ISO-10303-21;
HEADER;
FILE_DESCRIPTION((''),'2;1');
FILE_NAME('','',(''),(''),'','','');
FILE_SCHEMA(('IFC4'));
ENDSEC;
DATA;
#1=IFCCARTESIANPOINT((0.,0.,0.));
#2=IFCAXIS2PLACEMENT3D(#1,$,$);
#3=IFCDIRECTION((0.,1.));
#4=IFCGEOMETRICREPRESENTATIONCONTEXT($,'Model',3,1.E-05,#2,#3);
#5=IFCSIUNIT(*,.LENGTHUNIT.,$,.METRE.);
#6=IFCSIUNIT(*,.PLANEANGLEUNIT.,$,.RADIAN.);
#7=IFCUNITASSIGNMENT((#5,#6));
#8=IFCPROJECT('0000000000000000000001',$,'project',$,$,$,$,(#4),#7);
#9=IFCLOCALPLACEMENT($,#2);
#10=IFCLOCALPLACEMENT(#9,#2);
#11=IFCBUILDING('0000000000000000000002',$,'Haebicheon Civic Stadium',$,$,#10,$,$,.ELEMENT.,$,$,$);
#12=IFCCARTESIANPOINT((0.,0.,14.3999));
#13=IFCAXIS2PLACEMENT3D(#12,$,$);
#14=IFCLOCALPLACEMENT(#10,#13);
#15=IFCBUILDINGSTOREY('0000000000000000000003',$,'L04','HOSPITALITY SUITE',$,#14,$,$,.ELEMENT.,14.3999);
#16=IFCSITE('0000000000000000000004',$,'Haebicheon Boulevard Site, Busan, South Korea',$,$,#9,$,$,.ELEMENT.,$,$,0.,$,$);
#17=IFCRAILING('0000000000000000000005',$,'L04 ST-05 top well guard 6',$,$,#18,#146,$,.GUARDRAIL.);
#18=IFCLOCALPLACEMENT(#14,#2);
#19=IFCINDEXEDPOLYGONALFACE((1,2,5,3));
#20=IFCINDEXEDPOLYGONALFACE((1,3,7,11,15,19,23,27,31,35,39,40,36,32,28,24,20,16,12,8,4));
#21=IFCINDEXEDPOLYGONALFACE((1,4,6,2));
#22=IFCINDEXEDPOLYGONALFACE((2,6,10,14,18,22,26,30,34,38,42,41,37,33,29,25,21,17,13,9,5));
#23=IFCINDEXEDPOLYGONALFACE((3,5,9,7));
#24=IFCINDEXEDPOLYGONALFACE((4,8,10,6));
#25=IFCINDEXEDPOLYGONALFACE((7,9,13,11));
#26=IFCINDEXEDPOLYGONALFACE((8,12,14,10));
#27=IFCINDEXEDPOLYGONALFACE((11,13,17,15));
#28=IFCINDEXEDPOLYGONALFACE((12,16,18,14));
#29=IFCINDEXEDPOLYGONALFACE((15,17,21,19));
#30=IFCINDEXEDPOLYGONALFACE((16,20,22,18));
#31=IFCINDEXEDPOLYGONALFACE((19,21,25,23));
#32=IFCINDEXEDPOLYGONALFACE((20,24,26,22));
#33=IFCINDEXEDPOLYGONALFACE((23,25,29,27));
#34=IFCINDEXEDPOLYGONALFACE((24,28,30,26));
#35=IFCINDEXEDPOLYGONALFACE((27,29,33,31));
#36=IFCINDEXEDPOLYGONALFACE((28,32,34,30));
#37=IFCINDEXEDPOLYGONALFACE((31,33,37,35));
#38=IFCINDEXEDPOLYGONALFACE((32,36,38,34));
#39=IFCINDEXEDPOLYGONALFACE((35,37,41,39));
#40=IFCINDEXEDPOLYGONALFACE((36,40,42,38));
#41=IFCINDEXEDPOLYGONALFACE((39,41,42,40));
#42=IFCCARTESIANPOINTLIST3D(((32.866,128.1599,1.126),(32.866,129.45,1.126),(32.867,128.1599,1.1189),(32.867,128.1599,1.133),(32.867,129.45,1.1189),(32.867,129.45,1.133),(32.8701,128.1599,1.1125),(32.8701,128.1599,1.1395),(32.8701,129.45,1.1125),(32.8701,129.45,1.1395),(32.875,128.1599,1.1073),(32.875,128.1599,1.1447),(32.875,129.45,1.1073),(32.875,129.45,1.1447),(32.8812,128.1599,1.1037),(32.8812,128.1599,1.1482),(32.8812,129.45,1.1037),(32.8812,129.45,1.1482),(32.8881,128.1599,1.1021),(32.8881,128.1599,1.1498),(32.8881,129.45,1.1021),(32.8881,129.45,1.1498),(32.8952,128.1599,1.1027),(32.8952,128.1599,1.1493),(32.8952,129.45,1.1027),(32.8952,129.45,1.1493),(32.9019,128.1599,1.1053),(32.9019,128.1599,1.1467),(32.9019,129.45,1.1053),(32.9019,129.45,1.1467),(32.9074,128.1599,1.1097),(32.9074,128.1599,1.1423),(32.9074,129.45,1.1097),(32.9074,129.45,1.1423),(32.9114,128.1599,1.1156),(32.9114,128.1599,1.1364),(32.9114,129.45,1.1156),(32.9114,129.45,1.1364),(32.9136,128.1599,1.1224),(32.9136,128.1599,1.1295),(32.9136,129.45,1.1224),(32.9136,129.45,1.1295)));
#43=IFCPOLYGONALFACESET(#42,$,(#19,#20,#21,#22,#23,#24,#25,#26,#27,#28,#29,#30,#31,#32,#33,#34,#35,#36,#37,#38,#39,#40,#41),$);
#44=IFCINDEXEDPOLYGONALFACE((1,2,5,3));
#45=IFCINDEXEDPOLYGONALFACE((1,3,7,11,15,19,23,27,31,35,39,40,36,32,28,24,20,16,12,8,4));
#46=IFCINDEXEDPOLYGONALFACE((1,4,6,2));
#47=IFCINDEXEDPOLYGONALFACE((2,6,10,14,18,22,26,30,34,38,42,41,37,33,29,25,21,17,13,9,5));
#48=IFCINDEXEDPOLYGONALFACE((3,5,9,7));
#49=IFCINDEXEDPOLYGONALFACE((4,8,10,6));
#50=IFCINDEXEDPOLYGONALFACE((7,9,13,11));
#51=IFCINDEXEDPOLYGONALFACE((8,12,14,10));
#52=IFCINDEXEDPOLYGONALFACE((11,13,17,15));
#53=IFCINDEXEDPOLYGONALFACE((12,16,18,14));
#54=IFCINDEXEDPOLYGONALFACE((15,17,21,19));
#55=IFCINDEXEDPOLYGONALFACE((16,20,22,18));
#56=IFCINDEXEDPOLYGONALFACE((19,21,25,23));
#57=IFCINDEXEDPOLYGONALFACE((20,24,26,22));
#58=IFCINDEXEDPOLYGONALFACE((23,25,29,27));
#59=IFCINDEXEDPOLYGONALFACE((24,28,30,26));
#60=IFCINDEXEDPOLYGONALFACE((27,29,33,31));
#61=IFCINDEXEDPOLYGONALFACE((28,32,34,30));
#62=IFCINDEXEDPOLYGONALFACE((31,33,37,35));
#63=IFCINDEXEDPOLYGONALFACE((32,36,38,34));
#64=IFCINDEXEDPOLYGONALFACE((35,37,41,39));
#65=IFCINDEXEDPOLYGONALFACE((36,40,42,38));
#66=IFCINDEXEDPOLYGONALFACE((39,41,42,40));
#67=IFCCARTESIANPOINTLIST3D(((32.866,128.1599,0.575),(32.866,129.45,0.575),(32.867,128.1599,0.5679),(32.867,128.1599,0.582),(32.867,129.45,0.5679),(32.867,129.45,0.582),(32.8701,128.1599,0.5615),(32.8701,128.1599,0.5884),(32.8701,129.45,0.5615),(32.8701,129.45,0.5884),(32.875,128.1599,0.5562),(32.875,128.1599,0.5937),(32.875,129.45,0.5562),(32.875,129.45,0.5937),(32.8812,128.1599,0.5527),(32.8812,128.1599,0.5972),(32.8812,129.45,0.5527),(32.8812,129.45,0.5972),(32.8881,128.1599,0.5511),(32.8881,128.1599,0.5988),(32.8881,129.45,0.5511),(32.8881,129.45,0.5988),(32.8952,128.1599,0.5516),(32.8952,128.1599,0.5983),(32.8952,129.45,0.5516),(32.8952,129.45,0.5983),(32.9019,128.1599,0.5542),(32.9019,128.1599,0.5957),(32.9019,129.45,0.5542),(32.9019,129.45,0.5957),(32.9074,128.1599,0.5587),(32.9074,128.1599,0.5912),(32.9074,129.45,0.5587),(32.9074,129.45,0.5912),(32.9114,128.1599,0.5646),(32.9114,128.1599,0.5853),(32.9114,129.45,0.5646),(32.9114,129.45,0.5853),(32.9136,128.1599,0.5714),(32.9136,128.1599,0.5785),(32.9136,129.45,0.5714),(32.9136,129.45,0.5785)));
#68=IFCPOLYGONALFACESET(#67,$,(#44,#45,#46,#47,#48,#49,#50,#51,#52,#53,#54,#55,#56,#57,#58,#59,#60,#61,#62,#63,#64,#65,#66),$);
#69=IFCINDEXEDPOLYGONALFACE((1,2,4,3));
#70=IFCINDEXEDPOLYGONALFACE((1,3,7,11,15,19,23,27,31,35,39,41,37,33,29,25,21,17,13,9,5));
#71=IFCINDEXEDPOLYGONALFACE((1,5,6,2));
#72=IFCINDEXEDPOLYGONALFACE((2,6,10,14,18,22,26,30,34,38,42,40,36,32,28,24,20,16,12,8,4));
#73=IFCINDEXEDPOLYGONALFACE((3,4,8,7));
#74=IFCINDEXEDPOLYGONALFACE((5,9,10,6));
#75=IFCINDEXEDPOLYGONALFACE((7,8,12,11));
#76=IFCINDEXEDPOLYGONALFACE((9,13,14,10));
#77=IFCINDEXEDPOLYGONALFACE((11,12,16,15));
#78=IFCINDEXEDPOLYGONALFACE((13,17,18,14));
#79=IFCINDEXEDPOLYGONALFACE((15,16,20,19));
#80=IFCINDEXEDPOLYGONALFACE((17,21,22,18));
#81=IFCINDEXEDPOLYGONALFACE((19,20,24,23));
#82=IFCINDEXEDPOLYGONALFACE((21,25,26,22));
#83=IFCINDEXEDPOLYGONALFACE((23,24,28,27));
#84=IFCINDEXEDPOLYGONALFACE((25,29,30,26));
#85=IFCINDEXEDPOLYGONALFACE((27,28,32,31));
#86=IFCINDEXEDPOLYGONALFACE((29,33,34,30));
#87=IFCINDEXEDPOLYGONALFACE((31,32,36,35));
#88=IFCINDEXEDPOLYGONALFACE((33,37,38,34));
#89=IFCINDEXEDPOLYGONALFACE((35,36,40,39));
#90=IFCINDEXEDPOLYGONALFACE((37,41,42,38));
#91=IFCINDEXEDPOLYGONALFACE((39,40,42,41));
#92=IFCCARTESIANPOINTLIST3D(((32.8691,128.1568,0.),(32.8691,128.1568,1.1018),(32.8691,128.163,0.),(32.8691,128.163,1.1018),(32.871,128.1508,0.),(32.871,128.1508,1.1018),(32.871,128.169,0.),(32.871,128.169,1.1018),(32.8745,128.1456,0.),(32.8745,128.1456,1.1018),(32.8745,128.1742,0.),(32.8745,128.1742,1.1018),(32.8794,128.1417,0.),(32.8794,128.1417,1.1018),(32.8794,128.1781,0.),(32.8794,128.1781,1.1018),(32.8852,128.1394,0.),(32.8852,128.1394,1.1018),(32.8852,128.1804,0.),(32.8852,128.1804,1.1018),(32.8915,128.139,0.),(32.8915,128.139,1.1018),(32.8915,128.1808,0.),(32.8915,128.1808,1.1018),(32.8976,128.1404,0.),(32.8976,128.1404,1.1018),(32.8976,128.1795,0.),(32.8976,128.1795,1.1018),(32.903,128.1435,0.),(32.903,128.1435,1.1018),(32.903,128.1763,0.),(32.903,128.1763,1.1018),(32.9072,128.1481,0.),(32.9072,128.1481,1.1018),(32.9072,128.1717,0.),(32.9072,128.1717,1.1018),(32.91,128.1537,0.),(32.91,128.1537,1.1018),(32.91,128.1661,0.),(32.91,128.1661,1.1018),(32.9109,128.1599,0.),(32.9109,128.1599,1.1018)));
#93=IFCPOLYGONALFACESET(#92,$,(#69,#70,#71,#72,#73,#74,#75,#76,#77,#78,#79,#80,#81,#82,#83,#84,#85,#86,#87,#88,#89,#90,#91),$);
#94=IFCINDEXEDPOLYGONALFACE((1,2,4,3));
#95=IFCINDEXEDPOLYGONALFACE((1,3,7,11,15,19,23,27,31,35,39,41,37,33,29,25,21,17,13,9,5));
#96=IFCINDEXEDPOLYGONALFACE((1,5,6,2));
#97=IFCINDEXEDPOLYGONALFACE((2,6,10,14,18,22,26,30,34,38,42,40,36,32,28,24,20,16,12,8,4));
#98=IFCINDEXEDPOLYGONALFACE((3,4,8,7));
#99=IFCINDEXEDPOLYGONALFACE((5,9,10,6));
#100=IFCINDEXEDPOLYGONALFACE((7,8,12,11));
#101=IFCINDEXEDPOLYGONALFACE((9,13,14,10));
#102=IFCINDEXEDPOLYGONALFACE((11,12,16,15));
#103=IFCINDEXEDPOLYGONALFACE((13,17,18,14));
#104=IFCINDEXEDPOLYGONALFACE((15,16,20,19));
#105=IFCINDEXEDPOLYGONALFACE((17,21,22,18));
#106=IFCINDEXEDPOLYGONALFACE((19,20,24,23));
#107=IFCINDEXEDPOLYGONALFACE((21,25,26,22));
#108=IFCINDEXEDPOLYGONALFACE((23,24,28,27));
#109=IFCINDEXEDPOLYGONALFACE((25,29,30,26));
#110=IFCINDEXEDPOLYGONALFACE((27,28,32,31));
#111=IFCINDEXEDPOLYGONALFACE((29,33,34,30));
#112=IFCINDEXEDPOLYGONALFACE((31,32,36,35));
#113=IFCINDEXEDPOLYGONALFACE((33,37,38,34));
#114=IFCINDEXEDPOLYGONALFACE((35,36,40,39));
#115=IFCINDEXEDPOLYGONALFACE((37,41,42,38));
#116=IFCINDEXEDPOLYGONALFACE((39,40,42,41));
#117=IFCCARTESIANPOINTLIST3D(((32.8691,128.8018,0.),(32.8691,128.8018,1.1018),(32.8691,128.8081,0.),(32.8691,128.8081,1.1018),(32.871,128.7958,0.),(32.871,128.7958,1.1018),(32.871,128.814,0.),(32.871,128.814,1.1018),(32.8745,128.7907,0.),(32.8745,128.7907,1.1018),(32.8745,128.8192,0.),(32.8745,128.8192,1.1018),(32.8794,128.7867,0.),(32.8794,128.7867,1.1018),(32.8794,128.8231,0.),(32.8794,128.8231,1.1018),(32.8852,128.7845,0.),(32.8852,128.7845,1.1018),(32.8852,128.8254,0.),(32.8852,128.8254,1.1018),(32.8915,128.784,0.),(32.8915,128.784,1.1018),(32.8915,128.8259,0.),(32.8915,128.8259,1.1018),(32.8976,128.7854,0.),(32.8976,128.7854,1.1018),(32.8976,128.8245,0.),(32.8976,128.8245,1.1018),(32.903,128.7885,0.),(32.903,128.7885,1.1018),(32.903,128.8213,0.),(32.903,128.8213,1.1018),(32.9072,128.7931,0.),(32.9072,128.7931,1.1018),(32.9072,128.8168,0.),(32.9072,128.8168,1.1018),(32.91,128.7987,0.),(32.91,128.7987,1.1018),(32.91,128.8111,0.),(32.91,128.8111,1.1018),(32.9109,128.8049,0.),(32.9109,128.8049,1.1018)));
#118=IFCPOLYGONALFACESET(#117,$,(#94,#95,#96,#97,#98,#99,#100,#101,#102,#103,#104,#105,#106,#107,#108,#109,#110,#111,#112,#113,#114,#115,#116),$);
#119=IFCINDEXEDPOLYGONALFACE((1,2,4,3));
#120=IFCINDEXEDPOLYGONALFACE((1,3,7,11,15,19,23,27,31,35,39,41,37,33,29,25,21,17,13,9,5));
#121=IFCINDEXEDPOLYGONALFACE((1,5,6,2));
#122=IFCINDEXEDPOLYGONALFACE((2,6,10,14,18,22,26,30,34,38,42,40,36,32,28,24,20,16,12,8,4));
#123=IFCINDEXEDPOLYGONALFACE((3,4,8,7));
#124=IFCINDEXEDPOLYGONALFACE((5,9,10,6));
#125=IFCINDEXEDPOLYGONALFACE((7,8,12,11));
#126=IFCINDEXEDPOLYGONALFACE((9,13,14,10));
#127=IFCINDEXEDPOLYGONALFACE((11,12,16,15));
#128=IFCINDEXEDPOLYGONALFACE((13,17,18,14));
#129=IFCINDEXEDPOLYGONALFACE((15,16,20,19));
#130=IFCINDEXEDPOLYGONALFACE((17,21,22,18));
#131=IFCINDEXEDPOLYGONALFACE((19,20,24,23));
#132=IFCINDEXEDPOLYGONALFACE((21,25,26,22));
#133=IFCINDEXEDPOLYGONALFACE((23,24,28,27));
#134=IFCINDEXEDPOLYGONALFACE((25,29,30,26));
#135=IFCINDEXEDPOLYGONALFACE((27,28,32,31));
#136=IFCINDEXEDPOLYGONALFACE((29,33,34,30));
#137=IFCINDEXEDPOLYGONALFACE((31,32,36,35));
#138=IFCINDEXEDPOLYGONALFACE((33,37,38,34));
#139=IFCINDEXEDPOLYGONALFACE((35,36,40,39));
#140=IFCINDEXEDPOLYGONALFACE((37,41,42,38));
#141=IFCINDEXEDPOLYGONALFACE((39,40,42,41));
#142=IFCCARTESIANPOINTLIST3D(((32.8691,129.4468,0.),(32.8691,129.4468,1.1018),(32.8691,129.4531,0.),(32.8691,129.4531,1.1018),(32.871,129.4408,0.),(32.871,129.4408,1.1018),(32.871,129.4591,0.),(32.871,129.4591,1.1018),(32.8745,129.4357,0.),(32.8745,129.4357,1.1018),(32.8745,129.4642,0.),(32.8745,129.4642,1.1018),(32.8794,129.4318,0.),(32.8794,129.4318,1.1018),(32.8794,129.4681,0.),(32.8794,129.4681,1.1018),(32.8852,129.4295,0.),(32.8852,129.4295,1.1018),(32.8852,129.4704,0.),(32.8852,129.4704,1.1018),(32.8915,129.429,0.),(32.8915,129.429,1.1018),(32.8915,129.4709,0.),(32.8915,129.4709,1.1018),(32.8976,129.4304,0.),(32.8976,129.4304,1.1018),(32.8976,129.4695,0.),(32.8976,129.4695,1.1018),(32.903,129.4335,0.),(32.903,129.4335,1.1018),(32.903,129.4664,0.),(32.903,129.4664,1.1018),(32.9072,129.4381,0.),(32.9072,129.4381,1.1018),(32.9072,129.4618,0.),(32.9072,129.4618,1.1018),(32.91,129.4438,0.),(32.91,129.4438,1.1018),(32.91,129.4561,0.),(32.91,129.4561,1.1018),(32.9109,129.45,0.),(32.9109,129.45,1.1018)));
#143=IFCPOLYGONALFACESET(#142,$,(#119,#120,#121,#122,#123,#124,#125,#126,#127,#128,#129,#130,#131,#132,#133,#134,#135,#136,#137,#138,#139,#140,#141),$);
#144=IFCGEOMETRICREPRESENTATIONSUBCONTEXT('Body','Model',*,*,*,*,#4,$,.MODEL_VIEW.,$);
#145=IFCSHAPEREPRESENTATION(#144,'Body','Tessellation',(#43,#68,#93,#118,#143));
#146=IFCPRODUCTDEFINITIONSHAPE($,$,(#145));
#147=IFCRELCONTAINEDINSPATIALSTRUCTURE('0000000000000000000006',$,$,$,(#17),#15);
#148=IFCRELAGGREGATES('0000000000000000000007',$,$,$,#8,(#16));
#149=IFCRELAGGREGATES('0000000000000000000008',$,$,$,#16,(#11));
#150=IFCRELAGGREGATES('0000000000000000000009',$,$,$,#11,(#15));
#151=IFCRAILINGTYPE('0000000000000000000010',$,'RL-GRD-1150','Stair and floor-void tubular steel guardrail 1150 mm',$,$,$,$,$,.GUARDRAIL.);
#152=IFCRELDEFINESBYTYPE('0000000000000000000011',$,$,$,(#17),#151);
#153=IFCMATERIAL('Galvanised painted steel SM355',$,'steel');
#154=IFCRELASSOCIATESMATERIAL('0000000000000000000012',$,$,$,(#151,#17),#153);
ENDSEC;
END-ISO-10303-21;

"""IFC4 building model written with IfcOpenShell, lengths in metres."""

from ifc_helpers import new_model, si_unit, direction, frame, origin, origin_2d, place, context, subcontext, project, spatial, circle, extrude, material, type_object, element, save


model = new_model("IFC4")

# Units and contexts
model_context = context("Model", 3, precision=1e-05, world=origin(), true_north=direction((0.0, 1.0)))
body_context = subcontext(model_context, "Body", "Model", "MODEL_VIEW")
ifc_project = project(units=[si_unit("LENGTHUNIT", "METRE"), si_unit("PLANEANGLEUNIT", "RADIAN")], contexts=[model_context])

# Site, building, storey
site_placement = place(None, origin())
site = spatial("IfcSite", under=ifc_project, at=site_placement, Name="Haebicheon Boulevard Site, Busan, South Korea", CompositionType="ELEMENT", RefElevation=0.0)
building_placement = place(site_placement, origin())
building = spatial("IfcBuilding", under=site, at=building_placement, Name="Haebicheon Civic Stadium", CompositionType="ELEMENT")
storey_placement = place(building_placement, frame((0.0, 0.0, 14.3999)))
storey = spatial("IfcBuildingStorey", under=building, at=storey_placement, Name="L04", Description="HOSPITALITY SUITE", CompositionType="ELEMENT", Elevation=14.3999)

# Railing
ifc_material_1 = material(Name="Galvanised painted steel SM355", Category="steel")
railing_type = type_object("IfcRailingType", Name="RL-GRD-1150", Description="Stair and floor-void tubular steel guardrail 1150 mm", PredefinedType="GUARDRAIL", material=ifc_material_1)
for number, where, name in (
    (1, (32.8899, 128.1599, 0.0), "L04 ST-05 top well guard 6"),
):
    element("IfcRailing", number, at=place(storey_placement, frame(where)), inside=storey, type_object=railing_type, material=ifc_material_1, Name=name, PredefinedType="GUARDRAIL", context=body_context, shape_type="SweptSolid", body=[
        extrude(circle(Radius=0.0239, at=origin_2d()), frame((0.0, 0.0, 1.126), z_axis=(0.0, 1.0, 0.0), x_axis=(-1.0, 0.0, 0.0)), (0.0, 0.0, 1.0), 1.29),
        extrude(circle(Radius=0.0239, at=origin_2d()), frame((0.0, 0.0, 0.575), z_axis=(0.0, 1.0, 0.0), x_axis=(-1.0, 0.0, 0.0)), (0.0, 0.0, 1.0), 1.29),
        extrude(circle(Radius=0.021, at=origin_2d()), origin(), (0.0, 0.0, 1.0), 1.1018),
        extrude(circle(Radius=0.021, at=origin_2d()), frame((0.0, 0.645, 0.0)), (0.0, 0.0, 1.0), 1.1018),
        extrude(circle(Radius=0.021, at=origin_2d()), frame((0.0, 1.29, 0.0)), (0.0, 0.0, 1.0), 1.1018),
    ])

save(model, "model.ifc")
